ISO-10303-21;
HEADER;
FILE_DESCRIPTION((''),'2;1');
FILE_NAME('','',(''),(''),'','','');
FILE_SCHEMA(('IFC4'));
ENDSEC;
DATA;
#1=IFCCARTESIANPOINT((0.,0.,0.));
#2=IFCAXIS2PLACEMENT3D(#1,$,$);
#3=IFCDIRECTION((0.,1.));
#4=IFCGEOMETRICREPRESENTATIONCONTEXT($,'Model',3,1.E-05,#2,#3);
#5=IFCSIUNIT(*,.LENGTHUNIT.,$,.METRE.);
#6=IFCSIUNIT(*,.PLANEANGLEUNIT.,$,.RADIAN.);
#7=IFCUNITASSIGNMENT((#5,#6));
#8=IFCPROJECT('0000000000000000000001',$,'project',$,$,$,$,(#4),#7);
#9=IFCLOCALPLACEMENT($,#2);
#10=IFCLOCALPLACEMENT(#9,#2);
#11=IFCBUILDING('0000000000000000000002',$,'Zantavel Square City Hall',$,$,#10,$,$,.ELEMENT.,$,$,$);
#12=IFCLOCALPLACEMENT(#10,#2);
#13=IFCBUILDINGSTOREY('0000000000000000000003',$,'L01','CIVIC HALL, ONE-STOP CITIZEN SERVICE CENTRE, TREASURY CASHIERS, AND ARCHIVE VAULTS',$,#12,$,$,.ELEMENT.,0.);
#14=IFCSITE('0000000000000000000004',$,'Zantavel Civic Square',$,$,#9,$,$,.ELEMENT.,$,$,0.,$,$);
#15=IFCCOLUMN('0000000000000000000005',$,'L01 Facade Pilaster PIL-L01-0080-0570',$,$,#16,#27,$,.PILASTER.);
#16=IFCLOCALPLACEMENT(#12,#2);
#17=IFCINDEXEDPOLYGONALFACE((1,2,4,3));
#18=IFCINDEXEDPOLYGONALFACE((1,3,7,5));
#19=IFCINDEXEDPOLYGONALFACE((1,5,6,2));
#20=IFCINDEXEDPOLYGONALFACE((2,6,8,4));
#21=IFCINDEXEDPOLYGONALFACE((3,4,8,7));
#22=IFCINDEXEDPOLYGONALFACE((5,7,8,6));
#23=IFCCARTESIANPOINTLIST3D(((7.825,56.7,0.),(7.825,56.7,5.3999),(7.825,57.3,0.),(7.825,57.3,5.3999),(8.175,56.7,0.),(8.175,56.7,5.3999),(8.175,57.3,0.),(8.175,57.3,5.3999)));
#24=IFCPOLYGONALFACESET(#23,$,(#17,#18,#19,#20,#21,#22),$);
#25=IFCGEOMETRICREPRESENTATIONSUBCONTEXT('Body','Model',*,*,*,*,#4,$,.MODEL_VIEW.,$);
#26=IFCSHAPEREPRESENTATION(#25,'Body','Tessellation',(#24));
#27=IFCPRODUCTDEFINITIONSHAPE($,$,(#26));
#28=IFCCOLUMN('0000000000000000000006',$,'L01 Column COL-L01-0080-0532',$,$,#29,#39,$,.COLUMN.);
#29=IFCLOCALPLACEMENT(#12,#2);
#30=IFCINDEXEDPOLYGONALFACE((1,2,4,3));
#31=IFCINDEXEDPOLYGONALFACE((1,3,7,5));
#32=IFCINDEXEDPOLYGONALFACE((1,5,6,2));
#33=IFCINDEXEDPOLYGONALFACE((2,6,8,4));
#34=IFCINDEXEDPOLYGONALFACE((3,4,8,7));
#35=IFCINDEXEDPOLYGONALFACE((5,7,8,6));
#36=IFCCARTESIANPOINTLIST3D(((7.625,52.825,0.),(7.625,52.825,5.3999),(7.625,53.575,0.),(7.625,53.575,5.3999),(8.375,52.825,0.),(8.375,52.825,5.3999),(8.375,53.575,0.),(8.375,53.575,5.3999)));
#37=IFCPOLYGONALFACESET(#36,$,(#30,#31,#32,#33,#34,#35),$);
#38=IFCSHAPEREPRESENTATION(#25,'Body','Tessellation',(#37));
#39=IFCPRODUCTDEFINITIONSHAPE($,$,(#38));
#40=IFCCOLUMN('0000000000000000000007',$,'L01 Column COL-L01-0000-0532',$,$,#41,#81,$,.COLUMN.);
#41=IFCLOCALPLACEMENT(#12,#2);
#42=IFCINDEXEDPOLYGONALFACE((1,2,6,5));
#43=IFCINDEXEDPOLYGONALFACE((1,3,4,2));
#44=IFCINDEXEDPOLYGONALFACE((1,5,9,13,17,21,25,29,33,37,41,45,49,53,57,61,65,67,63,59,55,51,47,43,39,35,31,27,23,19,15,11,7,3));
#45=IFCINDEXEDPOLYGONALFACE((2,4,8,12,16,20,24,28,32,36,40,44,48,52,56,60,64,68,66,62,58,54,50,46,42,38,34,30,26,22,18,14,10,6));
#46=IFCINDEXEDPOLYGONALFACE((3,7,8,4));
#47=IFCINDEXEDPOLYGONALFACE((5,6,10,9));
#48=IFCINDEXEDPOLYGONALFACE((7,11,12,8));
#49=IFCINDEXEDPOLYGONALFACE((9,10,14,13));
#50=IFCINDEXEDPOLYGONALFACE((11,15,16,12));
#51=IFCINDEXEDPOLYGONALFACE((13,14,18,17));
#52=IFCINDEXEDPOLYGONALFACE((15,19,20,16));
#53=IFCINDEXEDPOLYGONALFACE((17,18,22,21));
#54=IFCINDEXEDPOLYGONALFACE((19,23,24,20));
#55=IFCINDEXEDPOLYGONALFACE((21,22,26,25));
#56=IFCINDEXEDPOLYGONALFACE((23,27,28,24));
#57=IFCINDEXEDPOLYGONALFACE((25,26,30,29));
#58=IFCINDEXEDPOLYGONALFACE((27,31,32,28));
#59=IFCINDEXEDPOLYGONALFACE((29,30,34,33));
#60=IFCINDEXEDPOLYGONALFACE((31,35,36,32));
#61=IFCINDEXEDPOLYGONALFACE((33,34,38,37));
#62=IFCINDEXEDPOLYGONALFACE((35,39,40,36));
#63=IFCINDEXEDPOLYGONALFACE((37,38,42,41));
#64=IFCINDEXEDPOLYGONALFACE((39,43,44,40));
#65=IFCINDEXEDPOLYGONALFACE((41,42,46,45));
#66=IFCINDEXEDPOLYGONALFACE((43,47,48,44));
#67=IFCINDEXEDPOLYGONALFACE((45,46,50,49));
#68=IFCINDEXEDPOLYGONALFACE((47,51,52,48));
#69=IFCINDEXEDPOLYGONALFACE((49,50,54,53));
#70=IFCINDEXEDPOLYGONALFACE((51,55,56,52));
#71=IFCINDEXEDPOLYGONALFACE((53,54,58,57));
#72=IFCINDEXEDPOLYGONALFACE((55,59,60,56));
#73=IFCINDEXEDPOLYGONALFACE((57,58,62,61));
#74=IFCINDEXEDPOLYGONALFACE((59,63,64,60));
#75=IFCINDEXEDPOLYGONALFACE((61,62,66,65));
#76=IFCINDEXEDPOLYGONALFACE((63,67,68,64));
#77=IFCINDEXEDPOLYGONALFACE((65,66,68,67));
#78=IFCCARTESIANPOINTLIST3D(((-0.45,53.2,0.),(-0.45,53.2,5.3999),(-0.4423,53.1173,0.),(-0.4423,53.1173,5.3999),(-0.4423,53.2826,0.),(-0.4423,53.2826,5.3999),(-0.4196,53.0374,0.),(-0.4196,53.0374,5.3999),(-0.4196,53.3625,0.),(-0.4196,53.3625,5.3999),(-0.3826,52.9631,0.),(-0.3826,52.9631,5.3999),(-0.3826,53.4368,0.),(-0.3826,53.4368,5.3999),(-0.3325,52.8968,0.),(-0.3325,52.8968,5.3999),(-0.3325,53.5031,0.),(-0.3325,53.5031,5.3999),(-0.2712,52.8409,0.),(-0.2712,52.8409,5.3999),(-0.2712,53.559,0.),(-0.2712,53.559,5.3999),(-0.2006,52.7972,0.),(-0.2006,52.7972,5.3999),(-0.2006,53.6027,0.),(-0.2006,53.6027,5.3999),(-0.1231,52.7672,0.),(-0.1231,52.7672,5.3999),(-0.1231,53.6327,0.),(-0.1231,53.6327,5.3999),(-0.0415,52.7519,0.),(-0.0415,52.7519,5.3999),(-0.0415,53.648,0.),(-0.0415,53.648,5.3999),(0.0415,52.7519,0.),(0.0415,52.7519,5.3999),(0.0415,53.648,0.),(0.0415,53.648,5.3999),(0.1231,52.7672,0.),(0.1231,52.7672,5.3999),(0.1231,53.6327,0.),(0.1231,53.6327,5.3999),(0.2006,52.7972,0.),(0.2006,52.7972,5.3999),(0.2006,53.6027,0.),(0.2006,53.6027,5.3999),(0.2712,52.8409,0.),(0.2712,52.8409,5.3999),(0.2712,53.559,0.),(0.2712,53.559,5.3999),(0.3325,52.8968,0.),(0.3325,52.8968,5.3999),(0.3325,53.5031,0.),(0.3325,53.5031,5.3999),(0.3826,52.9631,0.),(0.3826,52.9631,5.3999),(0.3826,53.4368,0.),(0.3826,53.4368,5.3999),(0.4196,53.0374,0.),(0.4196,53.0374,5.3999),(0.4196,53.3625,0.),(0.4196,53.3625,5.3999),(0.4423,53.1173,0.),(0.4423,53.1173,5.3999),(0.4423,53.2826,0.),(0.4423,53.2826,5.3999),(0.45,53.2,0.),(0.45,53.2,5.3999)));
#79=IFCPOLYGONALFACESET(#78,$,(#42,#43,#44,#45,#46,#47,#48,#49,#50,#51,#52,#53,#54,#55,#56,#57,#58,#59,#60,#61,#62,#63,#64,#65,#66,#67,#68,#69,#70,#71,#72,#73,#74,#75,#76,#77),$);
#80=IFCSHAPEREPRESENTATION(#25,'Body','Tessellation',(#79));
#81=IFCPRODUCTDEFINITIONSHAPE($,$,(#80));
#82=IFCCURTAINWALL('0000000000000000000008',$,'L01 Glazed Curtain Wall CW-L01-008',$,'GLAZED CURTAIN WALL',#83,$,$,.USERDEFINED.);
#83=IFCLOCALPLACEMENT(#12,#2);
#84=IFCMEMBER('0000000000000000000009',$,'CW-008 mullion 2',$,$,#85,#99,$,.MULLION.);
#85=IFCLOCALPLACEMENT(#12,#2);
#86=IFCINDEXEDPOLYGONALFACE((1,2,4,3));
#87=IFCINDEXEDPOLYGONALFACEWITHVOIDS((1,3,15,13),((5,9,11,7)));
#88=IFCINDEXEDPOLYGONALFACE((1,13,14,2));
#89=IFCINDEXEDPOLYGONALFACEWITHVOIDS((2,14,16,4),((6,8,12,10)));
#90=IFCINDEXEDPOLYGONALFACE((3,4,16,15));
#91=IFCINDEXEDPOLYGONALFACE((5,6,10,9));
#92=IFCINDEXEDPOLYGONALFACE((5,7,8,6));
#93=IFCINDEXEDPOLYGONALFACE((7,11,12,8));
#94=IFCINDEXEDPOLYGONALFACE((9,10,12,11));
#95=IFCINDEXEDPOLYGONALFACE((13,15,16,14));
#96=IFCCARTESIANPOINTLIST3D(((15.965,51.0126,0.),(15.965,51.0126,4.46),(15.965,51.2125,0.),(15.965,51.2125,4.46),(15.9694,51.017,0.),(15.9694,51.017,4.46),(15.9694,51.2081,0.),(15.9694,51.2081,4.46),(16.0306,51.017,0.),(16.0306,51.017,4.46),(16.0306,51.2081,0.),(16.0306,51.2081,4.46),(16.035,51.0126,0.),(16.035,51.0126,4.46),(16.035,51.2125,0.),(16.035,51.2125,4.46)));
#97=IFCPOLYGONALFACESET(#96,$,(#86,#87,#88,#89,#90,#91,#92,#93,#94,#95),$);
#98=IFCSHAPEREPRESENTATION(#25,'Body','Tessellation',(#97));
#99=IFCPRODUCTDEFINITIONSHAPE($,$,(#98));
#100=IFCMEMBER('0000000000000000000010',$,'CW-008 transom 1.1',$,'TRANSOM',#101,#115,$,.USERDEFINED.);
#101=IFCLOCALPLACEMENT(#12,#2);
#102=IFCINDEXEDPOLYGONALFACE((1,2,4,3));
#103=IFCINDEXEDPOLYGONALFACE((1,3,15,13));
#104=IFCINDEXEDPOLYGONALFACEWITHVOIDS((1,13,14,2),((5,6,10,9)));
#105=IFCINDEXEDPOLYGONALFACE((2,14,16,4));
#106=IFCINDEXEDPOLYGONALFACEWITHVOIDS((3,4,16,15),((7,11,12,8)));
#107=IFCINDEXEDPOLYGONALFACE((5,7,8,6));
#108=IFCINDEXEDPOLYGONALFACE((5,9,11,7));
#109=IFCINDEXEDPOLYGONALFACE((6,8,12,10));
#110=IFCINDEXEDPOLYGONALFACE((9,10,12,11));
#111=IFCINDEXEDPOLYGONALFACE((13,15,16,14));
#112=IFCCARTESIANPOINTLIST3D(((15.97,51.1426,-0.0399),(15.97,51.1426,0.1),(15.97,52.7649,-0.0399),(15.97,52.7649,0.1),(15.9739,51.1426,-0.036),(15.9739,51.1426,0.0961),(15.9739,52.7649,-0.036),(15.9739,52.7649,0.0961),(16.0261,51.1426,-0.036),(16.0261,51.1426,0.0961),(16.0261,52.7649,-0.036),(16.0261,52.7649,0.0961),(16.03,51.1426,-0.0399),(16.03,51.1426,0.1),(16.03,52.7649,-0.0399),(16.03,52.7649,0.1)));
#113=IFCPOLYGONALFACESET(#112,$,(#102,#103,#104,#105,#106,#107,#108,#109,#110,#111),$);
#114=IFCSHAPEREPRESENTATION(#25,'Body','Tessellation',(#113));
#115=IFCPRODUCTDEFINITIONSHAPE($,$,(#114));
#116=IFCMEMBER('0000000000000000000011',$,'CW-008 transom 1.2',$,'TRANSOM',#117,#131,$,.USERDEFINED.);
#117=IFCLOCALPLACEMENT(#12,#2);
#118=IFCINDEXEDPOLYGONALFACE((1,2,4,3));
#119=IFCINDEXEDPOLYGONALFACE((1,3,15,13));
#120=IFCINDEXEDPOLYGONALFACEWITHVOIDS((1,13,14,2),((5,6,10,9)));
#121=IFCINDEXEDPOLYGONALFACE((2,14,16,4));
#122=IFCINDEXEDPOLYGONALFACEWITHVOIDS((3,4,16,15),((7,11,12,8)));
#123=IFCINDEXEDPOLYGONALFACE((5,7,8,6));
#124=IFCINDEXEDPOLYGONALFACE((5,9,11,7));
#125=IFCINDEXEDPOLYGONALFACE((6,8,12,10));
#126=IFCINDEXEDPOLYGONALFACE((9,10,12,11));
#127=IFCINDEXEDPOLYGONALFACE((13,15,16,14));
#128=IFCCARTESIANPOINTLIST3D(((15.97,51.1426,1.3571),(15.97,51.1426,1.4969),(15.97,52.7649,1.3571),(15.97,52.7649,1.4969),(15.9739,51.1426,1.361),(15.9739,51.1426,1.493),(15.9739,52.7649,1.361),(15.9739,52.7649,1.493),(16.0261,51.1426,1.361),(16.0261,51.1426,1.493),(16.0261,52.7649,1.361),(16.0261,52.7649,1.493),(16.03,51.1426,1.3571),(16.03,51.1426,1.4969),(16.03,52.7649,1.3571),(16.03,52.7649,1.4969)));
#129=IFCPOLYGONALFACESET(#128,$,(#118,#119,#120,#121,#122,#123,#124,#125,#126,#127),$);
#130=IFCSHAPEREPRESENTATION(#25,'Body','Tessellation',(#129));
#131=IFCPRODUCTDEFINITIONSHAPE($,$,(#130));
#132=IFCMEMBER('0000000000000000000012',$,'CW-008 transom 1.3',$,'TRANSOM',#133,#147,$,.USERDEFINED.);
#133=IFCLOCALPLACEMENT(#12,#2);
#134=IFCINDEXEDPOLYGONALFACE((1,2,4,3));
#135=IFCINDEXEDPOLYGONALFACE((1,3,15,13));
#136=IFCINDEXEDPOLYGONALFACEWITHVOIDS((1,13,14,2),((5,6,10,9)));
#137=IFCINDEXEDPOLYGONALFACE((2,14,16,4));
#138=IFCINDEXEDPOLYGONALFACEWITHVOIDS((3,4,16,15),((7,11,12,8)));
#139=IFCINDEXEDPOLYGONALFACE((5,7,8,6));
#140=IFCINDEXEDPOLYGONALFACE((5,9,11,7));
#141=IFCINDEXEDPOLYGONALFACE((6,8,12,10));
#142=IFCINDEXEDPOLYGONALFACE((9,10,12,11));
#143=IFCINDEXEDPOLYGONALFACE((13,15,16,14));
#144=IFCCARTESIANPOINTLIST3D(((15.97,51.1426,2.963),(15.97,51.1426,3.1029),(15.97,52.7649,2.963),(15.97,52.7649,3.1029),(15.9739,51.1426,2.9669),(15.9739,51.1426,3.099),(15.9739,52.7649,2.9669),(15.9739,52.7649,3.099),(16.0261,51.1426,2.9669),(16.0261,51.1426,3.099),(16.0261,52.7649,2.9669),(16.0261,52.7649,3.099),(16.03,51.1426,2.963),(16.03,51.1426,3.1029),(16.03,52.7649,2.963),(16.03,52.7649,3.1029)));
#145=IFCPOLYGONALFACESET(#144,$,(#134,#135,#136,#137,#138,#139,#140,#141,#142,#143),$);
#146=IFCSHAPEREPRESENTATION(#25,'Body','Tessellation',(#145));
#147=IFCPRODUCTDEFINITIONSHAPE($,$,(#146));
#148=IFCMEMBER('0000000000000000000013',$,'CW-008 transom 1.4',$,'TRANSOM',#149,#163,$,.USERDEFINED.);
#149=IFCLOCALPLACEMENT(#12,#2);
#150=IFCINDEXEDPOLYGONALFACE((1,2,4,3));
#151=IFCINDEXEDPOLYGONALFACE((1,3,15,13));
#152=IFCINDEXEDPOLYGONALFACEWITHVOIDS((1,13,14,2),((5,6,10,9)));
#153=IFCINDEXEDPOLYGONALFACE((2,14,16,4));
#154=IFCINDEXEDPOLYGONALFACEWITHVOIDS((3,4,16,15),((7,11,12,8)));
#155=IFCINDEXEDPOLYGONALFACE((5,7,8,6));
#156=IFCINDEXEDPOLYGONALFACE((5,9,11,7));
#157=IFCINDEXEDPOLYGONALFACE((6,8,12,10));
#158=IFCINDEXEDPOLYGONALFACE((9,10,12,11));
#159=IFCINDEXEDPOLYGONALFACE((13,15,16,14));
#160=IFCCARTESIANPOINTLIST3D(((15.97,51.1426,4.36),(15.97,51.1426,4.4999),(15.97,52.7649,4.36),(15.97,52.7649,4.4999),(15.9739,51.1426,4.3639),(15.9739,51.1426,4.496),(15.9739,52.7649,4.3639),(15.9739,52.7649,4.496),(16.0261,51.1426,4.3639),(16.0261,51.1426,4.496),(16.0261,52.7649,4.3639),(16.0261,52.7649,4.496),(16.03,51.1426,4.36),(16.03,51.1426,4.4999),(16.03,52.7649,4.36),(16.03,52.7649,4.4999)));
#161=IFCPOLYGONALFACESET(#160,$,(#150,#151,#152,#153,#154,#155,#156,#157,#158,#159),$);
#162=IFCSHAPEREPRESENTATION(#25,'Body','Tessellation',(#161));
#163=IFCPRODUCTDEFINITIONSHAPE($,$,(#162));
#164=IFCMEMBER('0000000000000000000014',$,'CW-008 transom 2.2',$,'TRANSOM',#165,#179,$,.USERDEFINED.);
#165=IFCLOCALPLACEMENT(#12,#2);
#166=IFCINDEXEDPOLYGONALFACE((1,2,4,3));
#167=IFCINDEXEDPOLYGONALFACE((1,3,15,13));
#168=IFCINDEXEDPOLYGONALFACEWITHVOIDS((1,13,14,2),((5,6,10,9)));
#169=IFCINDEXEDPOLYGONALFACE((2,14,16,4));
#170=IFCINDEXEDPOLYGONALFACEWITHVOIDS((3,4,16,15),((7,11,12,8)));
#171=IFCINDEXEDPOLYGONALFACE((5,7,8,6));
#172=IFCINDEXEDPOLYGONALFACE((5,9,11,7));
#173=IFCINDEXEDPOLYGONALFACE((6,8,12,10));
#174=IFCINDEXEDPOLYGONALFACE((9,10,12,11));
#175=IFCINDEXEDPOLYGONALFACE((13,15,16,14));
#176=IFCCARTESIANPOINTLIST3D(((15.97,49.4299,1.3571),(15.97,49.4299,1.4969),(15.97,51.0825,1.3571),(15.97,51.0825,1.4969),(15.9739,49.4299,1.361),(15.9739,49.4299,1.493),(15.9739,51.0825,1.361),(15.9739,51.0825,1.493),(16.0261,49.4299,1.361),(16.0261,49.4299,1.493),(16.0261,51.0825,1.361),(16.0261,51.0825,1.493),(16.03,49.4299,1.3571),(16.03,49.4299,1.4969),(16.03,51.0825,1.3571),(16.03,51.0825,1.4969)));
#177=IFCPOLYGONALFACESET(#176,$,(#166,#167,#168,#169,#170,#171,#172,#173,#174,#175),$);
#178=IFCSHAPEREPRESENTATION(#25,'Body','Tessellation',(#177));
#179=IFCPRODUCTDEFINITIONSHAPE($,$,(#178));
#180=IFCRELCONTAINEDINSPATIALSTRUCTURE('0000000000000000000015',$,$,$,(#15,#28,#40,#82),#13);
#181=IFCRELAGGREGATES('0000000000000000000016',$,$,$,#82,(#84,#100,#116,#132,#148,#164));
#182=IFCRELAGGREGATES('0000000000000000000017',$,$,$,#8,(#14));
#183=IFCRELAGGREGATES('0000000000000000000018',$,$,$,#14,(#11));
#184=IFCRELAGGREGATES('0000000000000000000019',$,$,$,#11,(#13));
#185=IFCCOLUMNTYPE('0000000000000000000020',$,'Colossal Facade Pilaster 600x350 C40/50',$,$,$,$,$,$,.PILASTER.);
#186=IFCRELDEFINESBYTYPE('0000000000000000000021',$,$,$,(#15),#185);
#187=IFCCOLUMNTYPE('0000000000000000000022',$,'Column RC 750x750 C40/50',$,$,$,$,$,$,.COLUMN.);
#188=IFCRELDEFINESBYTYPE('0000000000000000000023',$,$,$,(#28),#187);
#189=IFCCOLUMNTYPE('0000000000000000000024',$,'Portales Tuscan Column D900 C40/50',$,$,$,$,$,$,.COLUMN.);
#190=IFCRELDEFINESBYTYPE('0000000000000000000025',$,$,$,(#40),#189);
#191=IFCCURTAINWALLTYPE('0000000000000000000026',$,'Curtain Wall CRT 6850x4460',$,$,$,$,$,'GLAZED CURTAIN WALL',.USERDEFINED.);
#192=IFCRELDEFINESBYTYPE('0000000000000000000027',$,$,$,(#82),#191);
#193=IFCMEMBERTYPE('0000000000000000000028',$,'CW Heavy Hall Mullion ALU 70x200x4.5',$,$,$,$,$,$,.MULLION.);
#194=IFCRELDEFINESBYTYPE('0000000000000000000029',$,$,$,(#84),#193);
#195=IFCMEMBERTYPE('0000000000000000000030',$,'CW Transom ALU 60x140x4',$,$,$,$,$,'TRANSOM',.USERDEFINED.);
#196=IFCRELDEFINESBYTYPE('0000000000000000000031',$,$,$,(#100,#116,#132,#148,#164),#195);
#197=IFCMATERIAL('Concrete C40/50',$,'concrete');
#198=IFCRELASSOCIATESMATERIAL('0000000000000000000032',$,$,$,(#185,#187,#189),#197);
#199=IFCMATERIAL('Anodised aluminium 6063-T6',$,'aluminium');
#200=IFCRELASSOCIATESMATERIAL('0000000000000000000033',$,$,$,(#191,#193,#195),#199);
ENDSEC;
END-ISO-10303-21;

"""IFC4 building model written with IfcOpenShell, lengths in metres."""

from ifc_helpers import new_model, si_unit, direction, frame, origin, origin_2d, place, context, subcontext, project, spatial, rectangle, hollow_rectangle, circle, extrude, material, material_profile, profile_set, type_object, element, aggregate, save


model = new_model("IFC4")

# Units and contexts
model_context = context("Model", 3, precision=1e-05, world=origin(), true_north=direction((0.0, 1.0)))
body_context = subcontext(model_context, "Body", "Model", "MODEL_VIEW")
ifc_project = project(units=[si_unit("LENGTHUNIT", "METRE"), si_unit("PLANEANGLEUNIT", "RADIAN")], contexts=[model_context])

# Site, building, storey
site_placement = place(None, origin())
site = spatial("IfcSite", under=ifc_project, at=site_placement, Name="Zantavel Civic Square", CompositionType="ELEMENT", RefElevation=0.0)
building_placement = place(site_placement, origin())
building = spatial("IfcBuilding", under=site, at=building_placement, Name="Zantavel Square City Hall", CompositionType="ELEMENT")
storey_placement = place(building_placement, origin())
storey = spatial("IfcBuildingStorey", under=building, at=storey_placement, Name="L01", Description="CIVIC HALL, ONE-STOP CITIZEN SERVICE CENTRE, TREASURY CASHIERS, AND ARCHIVE VAULTS", CompositionType="ELEMENT", Elevation=0.0)

# Columns
ifc_material_1 = material(Name="Concrete C40/50", Category="concrete")
ifc_material_profile_1 = material_profile(ifc_material_1, rectangle(XDim=0.6001, YDim=0.3501, at=origin_2d()), Name="RC 600x350")
ifc_profile_set_1 = profile_set([ifc_material_profile_1], Name="Concrete C40/50")
column_type_1 = type_object("IfcColumnType", Name="Colossal Facade Pilaster 600x350 C40/50", PredefinedType="PILASTER", material=ifc_profile_set_1)
column_1_placement = place(storey_placement, frame((8.0, 57.0, 0.0), z_axis=(0.0, 0.0, 1.0), x_axis=(0.0, 1.0, 0.0)))
element("IfcColumn", 1, at=column_1_placement, inside=storey, type_object=column_type_1, Name="L01 Facade Pilaster PIL-L01-0080-0570", PredefinedType="PILASTER", context=body_context, shape_type="SweptSolid", body=[
    extrude(rectangle(XDim=0.6001, YDim=0.3501, at=origin_2d()), origin(), (0.0, 0.0, 1.0), 5.3999),
])
ifc_material_profile_2 = material_profile(ifc_material_1, rectangle(XDim=0.75, YDim=0.75, at=origin_2d()), Name="RC 750x750")
ifc_profile_set_2 = profile_set([ifc_material_profile_2], Name="Concrete C40/50")
column_type_2 = type_object("IfcColumnType", Name="Column RC 750x750 C40/50", PredefinedType="COLUMN", material=ifc_profile_set_2)
column_2_placement = place(storey_placement, frame((8.0, 53.2, 0.0), z_axis=(0.0, 0.0, 1.0), x_axis=(1.0, 0.0, 0.0)))
element("IfcColumn", 2, at=column_2_placement, inside=storey, type_object=column_type_2, Name="L01 Column COL-L01-0080-0532", PredefinedType="COLUMN", context=body_context, shape_type="SweptSolid", body=[
    extrude(rectangle(XDim=0.75, YDim=0.75, at=origin_2d()), origin(), (0.0, 0.0, 1.0), 5.3999),
])
ifc_material_profile_3 = material_profile(ifc_material_1, circle(Radius=0.45, at=origin_2d()), Name="ROUND D900")
ifc_profile_set_3 = profile_set([ifc_material_profile_3], Name="Concrete C40/50")
column_type_3 = type_object("IfcColumnType", Name="Portales Tuscan Column D900 C40/50", PredefinedType="COLUMN", material=ifc_profile_set_3)
column_3_placement = place(storey_placement, frame((0.0, 53.2, 0.0), z_axis=(0.0, 0.0, 1.0), x_axis=(1.0, 0.0, 0.0)))
element("IfcColumn", 3, at=column_3_placement, inside=storey, type_object=column_type_3, Name="L01 Column COL-L01-0000-0532", PredefinedType="COLUMN", context=body_context, shape_type="SweptSolid", body=[
    extrude(circle(Radius=0.45, at=origin_2d()), origin(), (0.0, 0.0, 1.0), 5.3999),
])

# Curtain wall, members
ifc_material_2 = material(Name="Anodised aluminium 6063-T6", Category="aluminium")
curtain_wall_type = type_object("IfcCurtainWallType", Name="Curtain Wall CRT 6850x4460", ElementType="GLAZED CURTAIN WALL", PredefinedType="USERDEFINED", material=ifc_material_2)
curtain_wall_placement = place(storey_placement, origin())
curtain_wall = element("IfcCurtainWall", 4, at=curtain_wall_placement, inside=storey, type_object=curtain_wall_type, Name="L01 Glazed Curtain Wall CW-L01-008", ObjectType="GLAZED CURTAIN WALL", PredefinedType="USERDEFINED")
ifc_material_profile_4 = material_profile(ifc_material_2, hollow_rectangle(XDim=0.0701, YDim=0.2, WallThickness=0.0044, at=origin_2d()), Name="ALU 70x200x4.5")
ifc_profile_set_4 = profile_set([ifc_material_profile_4], Name="Anodised aluminium 6063-T6")
member_type_1 = type_object("IfcMemberType", Name="CW Heavy Hall Mullion ALU 70x200x4.5", PredefinedType="MULLION", material=ifc_profile_set_4)
member_1_placement = place(storey_placement, frame((16.0, 51.1125, 0.0), z_axis=(0.0, 0.0, 1.0), x_axis=(1.0, 0.0, 0.0)))
member_1 = element("IfcMember", 5, at=member_1_placement, type_object=member_type_1, Name="CW-008 mullion 2", PredefinedType="MULLION", context=body_context, shape_type="SweptSolid", body=[
    extrude(hollow_rectangle(XDim=0.0701, YDim=0.2, WallThickness=0.0044, at=origin_2d()), origin(), (0.0, 0.0, 1.0), 4.46),
])
ifc_material_profile_5 = material_profile(ifc_material_2, hollow_rectangle(XDim=0.0601, YDim=0.1399, WallThickness=0.0039, at=origin_2d()), Name="ALU 60x140x4")
ifc_profile_set_5 = profile_set([ifc_material_profile_5], Name="Anodised aluminium 6063-T6")
member_type_2 = type_object("IfcMemberType", Name="CW Transom ALU 60x140x4", ElementType="TRANSOM", PredefinedType="USERDEFINED", material=ifc_profile_set_5)
member_2_placement = place(storey_placement, frame((16.0, 52.7649, 0.03), z_axis=(0.0, -1.0, 0.0), x_axis=(1.0, 0.0, 0.0)))
member_2 = element("IfcMember", 6, at=member_2_placement, type_object=member_type_2, Name="CW-008 transom 1.1", ObjectType="TRANSOM", PredefinedType="USERDEFINED", context=body_context, shape_type="SweptSolid", body=[
    extrude(hollow_rectangle(XDim=0.0601, YDim=0.1399, WallThickness=0.0039, at=origin_2d()), origin(), (0.0, 0.0, 1.0), 1.6223),
])
member_3_placement = place(storey_placement, frame((16.0, 52.7649, 1.427), z_axis=(0.0, -1.0, 0.0), x_axis=(1.0, 0.0, 0.0)))
member_3 = element("IfcMember", 7, at=member_3_placement, type_object=member_type_2, Name="CW-008 transom 1.2", ObjectType="TRANSOM", PredefinedType="USERDEFINED", context=body_context, shape_type="SweptSolid", body=[
    extrude(hollow_rectangle(XDim=0.0601, YDim=0.1399, WallThickness=0.0039, at=origin_2d()), origin(), (0.0, 0.0, 1.0), 1.6223),
])
member_4_placement = place(storey_placement, frame((16.0, 52.7649, 3.033), z_axis=(0.0, -1.0, 0.0), x_axis=(1.0, 0.0, 0.0)))
member_4 = element("IfcMember", 8, at=member_4_placement, type_object=member_type_2, Name="CW-008 transom 1.3", ObjectType="TRANSOM", PredefinedType="USERDEFINED", context=body_context, shape_type="SweptSolid", body=[
    extrude(hollow_rectangle(XDim=0.0601, YDim=0.1399, WallThickness=0.0039, at=origin_2d()), origin(), (0.0, 0.0, 1.0), 1.6223),
])
member_5_placement = place(storey_placement, frame((16.0, 52.7649, 4.4299), z_axis=(0.0, -1.0, 0.0), x_axis=(1.0, 0.0, 0.0)))
member_5 = element("IfcMember", 9, at=member_5_placement, type_object=member_type_2, Name="CW-008 transom 1.4", ObjectType="TRANSOM", PredefinedType="USERDEFINED", context=body_context, shape_type="SweptSolid", body=[
    extrude(hollow_rectangle(XDim=0.0601, YDim=0.1399, WallThickness=0.0039, at=origin_2d()), origin(), (0.0, 0.0, 1.0), 1.6223),
])
member_6_placement = place(storey_placement, frame((16.0, 51.0825, 1.427), z_axis=(0.0, -1.0, 0.0), x_axis=(1.0, 0.0, 0.0)))
member_6 = element("IfcMember", 10, at=member_6_placement, type_object=member_type_2, Name="CW-008 transom 2.2", ObjectType="TRANSOM", PredefinedType="USERDEFINED", context=body_context, shape_type="SweptSolid", body=[
    extrude(hollow_rectangle(XDim=0.0601, YDim=0.1399, WallThickness=0.0039, at=origin_2d()), origin(), (0.0, 0.0, 1.0), 1.6526),
])

aggregate(curtain_wall, [member_1, member_2, member_3, member_4, member_5, member_6])

save(model, "model.ifc")
